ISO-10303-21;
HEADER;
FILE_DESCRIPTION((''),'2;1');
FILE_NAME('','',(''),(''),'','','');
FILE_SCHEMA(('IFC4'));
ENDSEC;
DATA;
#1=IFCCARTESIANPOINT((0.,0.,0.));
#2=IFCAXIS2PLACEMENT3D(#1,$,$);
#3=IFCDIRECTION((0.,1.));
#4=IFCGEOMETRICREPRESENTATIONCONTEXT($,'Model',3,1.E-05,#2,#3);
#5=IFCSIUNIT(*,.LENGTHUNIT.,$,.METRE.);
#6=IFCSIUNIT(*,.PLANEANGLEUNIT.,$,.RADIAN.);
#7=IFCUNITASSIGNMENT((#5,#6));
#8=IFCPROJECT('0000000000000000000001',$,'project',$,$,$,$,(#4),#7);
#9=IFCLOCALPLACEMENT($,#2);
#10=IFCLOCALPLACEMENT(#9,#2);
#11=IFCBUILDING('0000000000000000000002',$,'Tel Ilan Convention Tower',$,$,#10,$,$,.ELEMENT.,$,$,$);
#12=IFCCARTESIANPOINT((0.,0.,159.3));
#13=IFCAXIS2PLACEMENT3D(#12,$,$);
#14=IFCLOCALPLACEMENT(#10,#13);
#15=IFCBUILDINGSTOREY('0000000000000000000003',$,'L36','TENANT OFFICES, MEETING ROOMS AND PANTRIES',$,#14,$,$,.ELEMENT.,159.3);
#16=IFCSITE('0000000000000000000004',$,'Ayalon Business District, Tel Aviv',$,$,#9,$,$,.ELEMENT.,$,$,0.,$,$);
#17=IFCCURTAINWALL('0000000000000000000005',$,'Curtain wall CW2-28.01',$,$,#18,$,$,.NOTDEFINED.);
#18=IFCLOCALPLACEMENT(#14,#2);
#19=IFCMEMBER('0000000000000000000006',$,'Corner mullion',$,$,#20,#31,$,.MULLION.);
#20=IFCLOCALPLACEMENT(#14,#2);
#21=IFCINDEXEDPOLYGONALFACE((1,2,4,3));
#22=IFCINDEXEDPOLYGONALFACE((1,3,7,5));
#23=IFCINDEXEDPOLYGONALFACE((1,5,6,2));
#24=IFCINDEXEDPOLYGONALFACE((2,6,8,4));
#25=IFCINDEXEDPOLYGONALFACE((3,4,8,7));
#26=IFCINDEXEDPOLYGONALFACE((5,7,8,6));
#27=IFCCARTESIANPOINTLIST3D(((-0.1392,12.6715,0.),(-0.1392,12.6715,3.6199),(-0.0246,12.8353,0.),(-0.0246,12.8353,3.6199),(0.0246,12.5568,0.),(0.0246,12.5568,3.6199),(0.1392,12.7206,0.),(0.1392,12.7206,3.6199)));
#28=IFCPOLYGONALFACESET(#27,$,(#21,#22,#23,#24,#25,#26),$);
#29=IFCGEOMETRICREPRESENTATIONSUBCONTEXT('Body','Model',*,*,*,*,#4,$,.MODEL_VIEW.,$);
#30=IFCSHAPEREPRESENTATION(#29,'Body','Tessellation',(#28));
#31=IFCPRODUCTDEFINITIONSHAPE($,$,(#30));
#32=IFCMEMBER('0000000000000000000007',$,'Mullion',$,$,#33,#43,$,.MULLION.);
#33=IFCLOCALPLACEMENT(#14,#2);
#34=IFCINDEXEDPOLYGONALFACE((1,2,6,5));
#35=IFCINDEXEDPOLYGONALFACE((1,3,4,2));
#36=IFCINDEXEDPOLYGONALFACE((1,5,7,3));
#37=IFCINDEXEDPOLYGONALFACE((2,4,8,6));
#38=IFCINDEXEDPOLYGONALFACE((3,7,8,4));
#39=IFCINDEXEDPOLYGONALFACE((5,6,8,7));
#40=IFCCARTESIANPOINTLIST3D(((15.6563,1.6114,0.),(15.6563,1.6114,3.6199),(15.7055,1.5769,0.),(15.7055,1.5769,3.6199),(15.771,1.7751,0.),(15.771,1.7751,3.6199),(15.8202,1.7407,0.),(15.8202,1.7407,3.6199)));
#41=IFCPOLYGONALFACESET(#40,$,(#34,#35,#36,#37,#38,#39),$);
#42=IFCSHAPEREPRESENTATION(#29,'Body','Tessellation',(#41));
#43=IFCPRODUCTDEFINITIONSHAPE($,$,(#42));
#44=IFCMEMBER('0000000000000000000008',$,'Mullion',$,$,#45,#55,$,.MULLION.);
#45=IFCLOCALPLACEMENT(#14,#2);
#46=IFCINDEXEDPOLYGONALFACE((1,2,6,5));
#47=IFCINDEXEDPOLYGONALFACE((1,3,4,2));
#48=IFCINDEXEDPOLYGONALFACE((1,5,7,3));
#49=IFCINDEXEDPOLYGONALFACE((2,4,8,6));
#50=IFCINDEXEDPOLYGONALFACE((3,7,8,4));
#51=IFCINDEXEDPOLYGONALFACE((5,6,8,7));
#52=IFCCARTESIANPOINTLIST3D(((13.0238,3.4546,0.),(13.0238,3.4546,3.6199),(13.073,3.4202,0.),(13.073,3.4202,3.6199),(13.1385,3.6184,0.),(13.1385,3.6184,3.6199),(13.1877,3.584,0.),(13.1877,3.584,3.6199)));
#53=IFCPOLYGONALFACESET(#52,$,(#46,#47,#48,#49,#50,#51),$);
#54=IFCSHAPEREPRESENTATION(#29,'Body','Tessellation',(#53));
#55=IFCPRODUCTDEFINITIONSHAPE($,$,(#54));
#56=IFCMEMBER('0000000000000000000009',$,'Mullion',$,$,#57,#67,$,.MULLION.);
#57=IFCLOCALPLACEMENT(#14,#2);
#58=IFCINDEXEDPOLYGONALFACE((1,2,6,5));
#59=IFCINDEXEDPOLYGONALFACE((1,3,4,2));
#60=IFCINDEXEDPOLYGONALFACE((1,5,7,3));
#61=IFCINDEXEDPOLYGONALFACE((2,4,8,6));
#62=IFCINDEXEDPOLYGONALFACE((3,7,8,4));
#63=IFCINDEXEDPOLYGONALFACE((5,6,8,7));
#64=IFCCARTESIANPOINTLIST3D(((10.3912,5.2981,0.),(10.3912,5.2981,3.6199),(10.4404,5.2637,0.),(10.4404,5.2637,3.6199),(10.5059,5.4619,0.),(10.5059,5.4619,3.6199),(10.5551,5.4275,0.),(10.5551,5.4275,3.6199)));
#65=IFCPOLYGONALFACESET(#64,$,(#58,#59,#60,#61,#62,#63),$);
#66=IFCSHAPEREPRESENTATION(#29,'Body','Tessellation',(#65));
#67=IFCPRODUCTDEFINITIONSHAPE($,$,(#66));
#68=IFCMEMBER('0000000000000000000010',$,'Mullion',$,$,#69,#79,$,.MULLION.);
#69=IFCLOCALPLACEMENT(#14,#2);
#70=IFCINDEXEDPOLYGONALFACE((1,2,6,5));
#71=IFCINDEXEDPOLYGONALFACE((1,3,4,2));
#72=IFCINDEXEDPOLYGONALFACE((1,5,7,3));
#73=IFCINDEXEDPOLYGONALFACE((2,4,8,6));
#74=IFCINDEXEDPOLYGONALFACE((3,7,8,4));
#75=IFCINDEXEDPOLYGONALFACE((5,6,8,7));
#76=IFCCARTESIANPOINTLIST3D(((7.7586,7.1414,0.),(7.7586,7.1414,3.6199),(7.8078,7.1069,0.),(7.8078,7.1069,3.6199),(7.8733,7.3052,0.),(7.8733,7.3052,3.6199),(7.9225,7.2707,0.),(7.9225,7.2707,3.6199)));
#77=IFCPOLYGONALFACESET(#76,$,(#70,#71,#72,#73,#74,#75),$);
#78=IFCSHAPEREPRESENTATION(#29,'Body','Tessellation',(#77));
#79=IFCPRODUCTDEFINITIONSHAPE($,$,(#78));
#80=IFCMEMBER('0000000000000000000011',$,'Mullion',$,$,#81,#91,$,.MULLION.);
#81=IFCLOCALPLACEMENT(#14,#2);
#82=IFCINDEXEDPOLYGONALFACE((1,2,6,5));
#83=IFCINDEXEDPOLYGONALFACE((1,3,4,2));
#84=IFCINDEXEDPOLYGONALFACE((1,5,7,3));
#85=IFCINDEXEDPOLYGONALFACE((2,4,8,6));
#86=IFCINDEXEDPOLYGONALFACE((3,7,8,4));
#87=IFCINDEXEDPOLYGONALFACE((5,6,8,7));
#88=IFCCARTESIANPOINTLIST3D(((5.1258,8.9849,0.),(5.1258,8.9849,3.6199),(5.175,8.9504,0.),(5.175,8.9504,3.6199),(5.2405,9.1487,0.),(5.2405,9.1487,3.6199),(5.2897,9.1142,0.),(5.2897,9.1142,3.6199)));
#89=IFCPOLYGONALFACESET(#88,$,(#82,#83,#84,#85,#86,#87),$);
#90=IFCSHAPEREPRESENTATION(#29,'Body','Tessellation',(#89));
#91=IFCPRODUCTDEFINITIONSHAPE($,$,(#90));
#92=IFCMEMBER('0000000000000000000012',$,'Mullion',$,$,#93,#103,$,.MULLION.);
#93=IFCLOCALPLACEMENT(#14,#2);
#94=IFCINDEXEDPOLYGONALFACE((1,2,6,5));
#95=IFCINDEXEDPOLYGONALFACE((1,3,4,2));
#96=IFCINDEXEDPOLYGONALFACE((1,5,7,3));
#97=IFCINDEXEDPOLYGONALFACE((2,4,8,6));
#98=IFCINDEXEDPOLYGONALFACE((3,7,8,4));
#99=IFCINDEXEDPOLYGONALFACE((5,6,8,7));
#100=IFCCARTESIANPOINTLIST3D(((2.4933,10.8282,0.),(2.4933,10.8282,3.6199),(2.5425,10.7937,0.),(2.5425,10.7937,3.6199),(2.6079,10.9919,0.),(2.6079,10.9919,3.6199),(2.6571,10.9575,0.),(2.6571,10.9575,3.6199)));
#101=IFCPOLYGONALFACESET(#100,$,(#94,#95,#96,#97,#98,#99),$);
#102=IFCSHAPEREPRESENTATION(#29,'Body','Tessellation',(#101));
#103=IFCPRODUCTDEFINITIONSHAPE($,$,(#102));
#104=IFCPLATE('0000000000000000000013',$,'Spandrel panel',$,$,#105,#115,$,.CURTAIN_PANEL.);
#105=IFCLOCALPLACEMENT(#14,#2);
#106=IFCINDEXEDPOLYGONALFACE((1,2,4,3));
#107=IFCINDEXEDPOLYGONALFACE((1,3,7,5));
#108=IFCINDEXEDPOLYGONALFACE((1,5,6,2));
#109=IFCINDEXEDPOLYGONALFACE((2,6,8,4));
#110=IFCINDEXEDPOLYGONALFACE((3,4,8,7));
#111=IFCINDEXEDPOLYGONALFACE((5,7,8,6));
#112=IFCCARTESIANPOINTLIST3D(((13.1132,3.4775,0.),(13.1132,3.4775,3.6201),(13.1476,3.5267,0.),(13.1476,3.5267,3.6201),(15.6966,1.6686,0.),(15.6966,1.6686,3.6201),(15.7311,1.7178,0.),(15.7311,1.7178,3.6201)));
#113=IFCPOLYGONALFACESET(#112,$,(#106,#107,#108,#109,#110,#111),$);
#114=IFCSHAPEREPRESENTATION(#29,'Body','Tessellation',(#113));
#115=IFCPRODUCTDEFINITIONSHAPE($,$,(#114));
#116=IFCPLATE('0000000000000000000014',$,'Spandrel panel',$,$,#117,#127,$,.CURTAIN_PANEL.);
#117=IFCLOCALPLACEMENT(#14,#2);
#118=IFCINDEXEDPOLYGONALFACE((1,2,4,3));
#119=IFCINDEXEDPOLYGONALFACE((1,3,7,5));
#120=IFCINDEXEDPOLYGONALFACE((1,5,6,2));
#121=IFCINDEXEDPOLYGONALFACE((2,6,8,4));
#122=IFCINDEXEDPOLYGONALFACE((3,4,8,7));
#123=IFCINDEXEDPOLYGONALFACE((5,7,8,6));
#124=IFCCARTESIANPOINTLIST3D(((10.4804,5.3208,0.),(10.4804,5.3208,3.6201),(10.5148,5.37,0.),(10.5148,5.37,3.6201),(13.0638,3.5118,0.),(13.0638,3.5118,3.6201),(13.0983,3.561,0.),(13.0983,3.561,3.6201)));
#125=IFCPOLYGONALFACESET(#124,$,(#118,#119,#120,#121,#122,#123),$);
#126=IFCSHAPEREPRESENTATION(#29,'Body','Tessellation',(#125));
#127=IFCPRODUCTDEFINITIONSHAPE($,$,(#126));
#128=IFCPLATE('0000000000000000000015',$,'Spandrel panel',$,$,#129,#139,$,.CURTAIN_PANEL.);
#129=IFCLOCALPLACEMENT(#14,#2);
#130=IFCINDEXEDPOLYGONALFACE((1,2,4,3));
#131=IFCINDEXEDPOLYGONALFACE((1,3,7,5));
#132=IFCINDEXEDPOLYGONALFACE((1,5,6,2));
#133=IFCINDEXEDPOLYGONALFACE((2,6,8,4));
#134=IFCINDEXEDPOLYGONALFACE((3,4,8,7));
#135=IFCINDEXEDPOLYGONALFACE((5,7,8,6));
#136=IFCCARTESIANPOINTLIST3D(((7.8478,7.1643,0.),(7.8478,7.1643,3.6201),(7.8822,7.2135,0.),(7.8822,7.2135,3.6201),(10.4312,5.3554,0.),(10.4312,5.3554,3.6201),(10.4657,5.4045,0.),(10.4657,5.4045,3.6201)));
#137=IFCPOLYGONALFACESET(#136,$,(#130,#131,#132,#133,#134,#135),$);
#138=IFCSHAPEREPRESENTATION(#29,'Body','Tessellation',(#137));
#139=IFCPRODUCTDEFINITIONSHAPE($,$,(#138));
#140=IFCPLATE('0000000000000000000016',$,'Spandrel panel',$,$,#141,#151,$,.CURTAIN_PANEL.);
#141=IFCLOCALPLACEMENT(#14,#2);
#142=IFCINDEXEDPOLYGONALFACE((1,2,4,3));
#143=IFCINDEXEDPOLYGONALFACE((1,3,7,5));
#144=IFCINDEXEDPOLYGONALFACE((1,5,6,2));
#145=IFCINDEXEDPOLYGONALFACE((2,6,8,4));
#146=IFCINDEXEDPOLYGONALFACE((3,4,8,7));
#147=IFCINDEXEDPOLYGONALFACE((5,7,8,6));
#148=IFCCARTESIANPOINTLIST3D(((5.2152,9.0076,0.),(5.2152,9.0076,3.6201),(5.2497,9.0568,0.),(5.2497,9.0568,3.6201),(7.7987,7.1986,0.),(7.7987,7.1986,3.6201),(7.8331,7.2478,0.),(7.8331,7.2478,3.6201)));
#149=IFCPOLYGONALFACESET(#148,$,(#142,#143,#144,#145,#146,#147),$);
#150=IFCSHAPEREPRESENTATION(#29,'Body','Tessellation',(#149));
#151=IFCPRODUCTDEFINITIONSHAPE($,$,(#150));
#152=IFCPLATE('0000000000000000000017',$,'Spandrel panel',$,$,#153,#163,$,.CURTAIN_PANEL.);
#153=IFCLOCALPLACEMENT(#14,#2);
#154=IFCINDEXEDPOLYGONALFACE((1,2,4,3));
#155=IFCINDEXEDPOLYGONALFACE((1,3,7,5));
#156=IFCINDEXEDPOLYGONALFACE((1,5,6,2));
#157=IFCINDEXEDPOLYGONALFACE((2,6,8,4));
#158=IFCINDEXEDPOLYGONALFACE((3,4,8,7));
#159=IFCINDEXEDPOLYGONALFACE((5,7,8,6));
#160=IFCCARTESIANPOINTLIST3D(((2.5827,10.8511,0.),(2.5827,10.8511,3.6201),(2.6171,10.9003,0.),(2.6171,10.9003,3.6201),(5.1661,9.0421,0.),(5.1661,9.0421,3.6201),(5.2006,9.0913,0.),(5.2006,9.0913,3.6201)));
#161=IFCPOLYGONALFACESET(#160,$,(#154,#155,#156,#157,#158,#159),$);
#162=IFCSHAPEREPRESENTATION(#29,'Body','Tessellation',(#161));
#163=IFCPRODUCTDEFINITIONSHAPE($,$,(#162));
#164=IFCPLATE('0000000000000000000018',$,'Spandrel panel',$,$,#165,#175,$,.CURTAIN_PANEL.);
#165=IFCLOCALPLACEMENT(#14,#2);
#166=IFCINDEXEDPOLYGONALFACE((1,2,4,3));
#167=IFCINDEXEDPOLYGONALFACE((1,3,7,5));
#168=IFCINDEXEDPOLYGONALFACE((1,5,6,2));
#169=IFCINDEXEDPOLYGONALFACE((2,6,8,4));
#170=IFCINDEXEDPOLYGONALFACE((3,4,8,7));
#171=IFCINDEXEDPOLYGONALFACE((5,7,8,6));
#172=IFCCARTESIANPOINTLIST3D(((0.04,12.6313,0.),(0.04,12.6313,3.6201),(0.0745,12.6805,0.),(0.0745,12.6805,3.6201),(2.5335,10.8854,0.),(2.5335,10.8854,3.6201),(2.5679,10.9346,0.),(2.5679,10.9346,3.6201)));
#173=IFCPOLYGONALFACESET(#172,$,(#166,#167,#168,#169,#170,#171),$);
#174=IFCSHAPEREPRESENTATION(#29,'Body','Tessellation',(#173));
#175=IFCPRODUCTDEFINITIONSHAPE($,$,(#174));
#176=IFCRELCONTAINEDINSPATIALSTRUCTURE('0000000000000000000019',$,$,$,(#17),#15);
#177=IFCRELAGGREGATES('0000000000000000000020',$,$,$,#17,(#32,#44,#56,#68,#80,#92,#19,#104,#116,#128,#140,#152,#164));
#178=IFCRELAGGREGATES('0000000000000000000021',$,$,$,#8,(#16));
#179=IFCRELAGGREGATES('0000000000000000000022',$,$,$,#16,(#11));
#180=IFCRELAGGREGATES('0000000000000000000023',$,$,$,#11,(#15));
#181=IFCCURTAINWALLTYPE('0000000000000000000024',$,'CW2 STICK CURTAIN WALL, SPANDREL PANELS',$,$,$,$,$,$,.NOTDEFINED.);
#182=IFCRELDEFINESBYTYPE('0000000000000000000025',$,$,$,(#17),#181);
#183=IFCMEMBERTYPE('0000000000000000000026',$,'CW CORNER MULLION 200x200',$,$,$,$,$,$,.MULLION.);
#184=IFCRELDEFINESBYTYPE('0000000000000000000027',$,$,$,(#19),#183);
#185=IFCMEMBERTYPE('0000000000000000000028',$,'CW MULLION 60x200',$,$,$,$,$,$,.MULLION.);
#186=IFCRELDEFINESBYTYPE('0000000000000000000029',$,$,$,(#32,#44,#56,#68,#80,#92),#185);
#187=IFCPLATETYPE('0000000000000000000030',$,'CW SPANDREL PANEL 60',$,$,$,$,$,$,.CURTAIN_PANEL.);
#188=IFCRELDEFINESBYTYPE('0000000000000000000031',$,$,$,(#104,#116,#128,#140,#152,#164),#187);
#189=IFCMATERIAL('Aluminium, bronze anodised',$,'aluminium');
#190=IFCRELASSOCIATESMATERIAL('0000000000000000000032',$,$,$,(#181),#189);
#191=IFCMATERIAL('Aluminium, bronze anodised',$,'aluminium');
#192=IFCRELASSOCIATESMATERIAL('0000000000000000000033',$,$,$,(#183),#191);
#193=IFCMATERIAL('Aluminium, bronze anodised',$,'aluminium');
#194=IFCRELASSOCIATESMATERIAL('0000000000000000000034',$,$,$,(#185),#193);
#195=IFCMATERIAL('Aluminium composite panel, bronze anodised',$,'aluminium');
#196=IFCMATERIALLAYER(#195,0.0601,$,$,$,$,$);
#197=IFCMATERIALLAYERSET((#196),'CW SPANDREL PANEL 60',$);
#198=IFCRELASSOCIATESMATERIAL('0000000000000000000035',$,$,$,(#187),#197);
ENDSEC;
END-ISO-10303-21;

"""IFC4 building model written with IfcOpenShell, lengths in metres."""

from ifc_helpers import new_model, si_unit, direction, frame, origin, origin_2d, place, context, subcontext, project, spatial, rectangle, extrude, material, layer, layer_set, material_profile, profile_set, type_object, element, aggregate, save


model = new_model("IFC4")

# Units and contexts
model_context = context("Model", 3, precision=1e-05, world=origin(), true_north=direction((0.0, 1.0)))
body_context = subcontext(model_context, "Body", "Model", "MODEL_VIEW")
ifc_project = project(units=[si_unit("LENGTHUNIT", "METRE"), si_unit("PLANEANGLEUNIT", "RADIAN")], contexts=[model_context])

# Site, building, storey
site_placement = place(None, origin())
site = spatial("IfcSite", under=ifc_project, at=site_placement, Name="Ayalon Business District, Tel Aviv", CompositionType="ELEMENT", RefElevation=0.0)
building_placement = place(site_placement, origin())
building = spatial("IfcBuilding", under=site, at=building_placement, Name="Tel Ilan Convention Tower", CompositionType="ELEMENT")
storey_placement = place(building_placement, frame((0.0, 0.0, 159.3)))
storey = spatial("IfcBuildingStorey", under=building, at=storey_placement, Name="L36", Description="TENANT OFFICES, MEETING ROOMS AND PANTRIES", CompositionType="ELEMENT", Elevation=159.3)

# Curtain wall, members, plates
ifc_material_1 = material(Name="Aluminium, bronze anodised", Category="aluminium")
curtain_wall_type = type_object("IfcCurtainWallType", Name="CW2 STICK CURTAIN WALL, SPANDREL PANELS", PredefinedType="NOTDEFINED", material=ifc_material_1)
curtain_wall_placement = place(storey_placement, origin())
curtain_wall = element("IfcCurtainWall", 1, at=curtain_wall_placement, inside=storey, type_object=curtain_wall_type, Name="Curtain wall CW2-28.01", PredefinedType="NOTDEFINED")
ifc_material_2 = material(Name="Aluminium, bronze anodised", Category="aluminium")
ifc_material_profile_1 = material_profile(ifc_material_2, rectangle(XDim=0.2, YDim=0.2, at=origin_2d()), Name="CW CORNER MULLION 200x200")
ifc_profile_set_1 = profile_set([ifc_material_profile_1], Name="Aluminium, bronze anodised")
member_type_1 = type_object("IfcMemberType", Name="CW CORNER MULLION 200x200", PredefinedType="MULLION", material=ifc_profile_set_1)
member_1_placement = place(storey_placement, frame((0.0, 12.696, 0.0), z_axis=(0.0, 0.0, 1.0), x_axis=(-0.819152, 0.573576, 0.0)))
member_1 = element("IfcMember", 2, at=member_1_placement, type_object=member_type_1, Name="Corner mullion", PredefinedType="MULLION", context=body_context, shape_type="SweptSolid", body=[
    extrude(rectangle(XDim=0.2, YDim=0.2, at=origin_2d()), origin(), (0.0, 0.0, 1.0), 3.6199),
])
ifc_material_3 = material(Name="Aluminium, bronze anodised", Category="aluminium")
ifc_material_profile_2 = material_profile(ifc_material_3, rectangle(XDim=0.0601, YDim=0.2, at=origin_2d()), Name="CW MULLION 60x200")
ifc_profile_set_2 = profile_set([ifc_material_profile_2], Name="Aluminium, bronze anodised")
member_type_2 = type_object("IfcMemberType", Name="CW MULLION 60x200", PredefinedType="MULLION", material=ifc_profile_set_2)
member_2_placement = place(storey_placement, frame((15.7383, 1.676, 0.0), z_axis=(0.0, 0.0, 1.0), x_axis=(-0.819152, 0.573576, 0.0)))
member_2 = element("IfcMember", 3, at=member_2_placement, type_object=member_type_2, Name="Mullion", PredefinedType="MULLION", context=body_context, shape_type="SweptSolid", body=[
    extrude(rectangle(XDim=0.0601, YDim=0.2, at=origin_2d()), origin(), (0.0, 0.0, 1.0), 3.6199),
])
member_3_placement = place(storey_placement, frame((13.1057, 3.5193, 0.0), z_axis=(0.0, 0.0, 1.0), x_axis=(-0.819152, 0.573576, 0.0)))
member_3 = element("IfcMember", 4, at=member_3_placement, type_object=member_type_2, Name="Mullion", PredefinedType="MULLION", context=body_context, shape_type="SweptSolid", body=[
    extrude(rectangle(XDim=0.0601, YDim=0.2, at=origin_2d()), origin(), (0.0, 0.0, 1.0), 3.6199),
])
member_4_placement = place(storey_placement, frame((10.4731, 5.3628, 0.0), z_axis=(0.0, 0.0, 1.0), x_axis=(-0.819152, 0.573576, 0.0)))
member_4 = element("IfcMember", 5, at=member_4_placement, type_object=member_type_2, Name="Mullion", PredefinedType="MULLION", context=body_context, shape_type="SweptSolid", body=[
    extrude(rectangle(XDim=0.0601, YDim=0.2, at=origin_2d()), origin(), (0.0, 0.0, 1.0), 3.6199),
])
member_5_placement = place(storey_placement, frame((7.8406, 7.2061, 0.0), z_axis=(0.0, 0.0, 1.0), x_axis=(-0.819152, 0.573576, 0.0)))
member_5 = element("IfcMember", 6, at=member_5_placement, type_object=member_type_2, Name="Mullion", PredefinedType="MULLION", context=body_context, shape_type="SweptSolid", body=[
    extrude(rectangle(XDim=0.0601, YDim=0.2, at=origin_2d()), origin(), (0.0, 0.0, 1.0), 3.6199),
])
member_6_placement = place(storey_placement, frame((5.2078, 9.0496, 0.0), z_axis=(0.0, 0.0, 1.0), x_axis=(-0.819152, 0.573576, 0.0)))
member_6 = element("IfcMember", 7, at=member_6_placement, type_object=member_type_2, Name="Mullion", PredefinedType="MULLION", context=body_context, shape_type="SweptSolid", body=[
    extrude(rectangle(XDim=0.0601, YDim=0.2, at=origin_2d()), origin(), (0.0, 0.0, 1.0), 3.6199),
])
member_7_placement = place(storey_placement, frame((2.5752, 10.8928, 0.0), z_axis=(0.0, 0.0, 1.0), x_axis=(-0.819152, 0.573576, 0.0)))
member_7 = element("IfcMember", 8, at=member_7_placement, type_object=member_type_2, Name="Mullion", PredefinedType="MULLION", context=body_context, shape_type="SweptSolid", body=[
    extrude(rectangle(XDim=0.0601, YDim=0.2, at=origin_2d()), origin(), (0.0, 0.0, 1.0), 3.6199),
])
ifc_material_4 = material(Name="Aluminium composite panel, bronze anodised", Category="aluminium")
ifc_layer_1 = layer(ifc_material_4, 0.0601)
ifc_layer_set_1 = layer_set([ifc_layer_1], Name="CW SPANDREL PANEL 60")
plate_type = type_object("IfcPlateType", Name="CW SPANDREL PANEL 60", PredefinedType="CURTAIN_PANEL", material=ifc_layer_set_1)
plate_1_placement = place(storey_placement, frame((14.4221, 2.5977, 0.0), z_axis=(0.0, 0.0, 1.0), x_axis=(-0.819152, 0.573576, 0.0)))
plate_1 = element("IfcPlate", 9, at=plate_1_placement, type_object=plate_type, Name="Spandrel panel", PredefinedType="CURTAIN_PANEL", context=body_context, shape_type="SweptSolid", body=[
    extrude(rectangle(XDim=3.1538, YDim=0.0601, at=origin_2d()), origin(), (0.0, 0.0, 1.0), 3.6201),
])
plate_2_placement = place(storey_placement, frame((11.7893, 4.4409, 0.0), z_axis=(0.0, 0.0, 1.0), x_axis=(-0.819152, 0.573576, 0.0)))
plate_2 = element("IfcPlate", 10, at=plate_2_placement, type_object=plate_type, Name="Spandrel panel", PredefinedType="CURTAIN_PANEL", context=body_context, shape_type="SweptSolid", body=[
    extrude(rectangle(XDim=3.1538, YDim=0.0601, at=origin_2d()), origin(), (0.0, 0.0, 1.0), 3.6201),
])
plate_3_placement = place(storey_placement, frame((9.1567, 6.2844, 0.0), z_axis=(0.0, 0.0, 1.0), x_axis=(-0.819152, 0.573576, 0.0)))
plate_3 = element("IfcPlate", 11, at=plate_3_placement, type_object=plate_type, Name="Spandrel panel", PredefinedType="CURTAIN_PANEL", context=body_context, shape_type="SweptSolid", body=[
    extrude(rectangle(XDim=3.1538, YDim=0.0601, at=origin_2d()), origin(), (0.0, 0.0, 1.0), 3.6201),
])
plate_4_placement = place(storey_placement, frame((6.5242, 8.1277, 0.0), z_axis=(0.0, 0.0, 1.0), x_axis=(-0.819152, 0.573576, 0.0)))
plate_4 = element("IfcPlate", 12, at=plate_4_placement, type_object=plate_type, Name="Spandrel panel", PredefinedType="CURTAIN_PANEL", context=body_context, shape_type="SweptSolid", body=[
    extrude(rectangle(XDim=3.1538, YDim=0.0601, at=origin_2d()), origin(), (0.0, 0.0, 1.0), 3.6201),
])
plate_5_placement = place(storey_placement, frame((3.8916, 9.9712, 0.0), z_axis=(0.0, 0.0, 1.0), x_axis=(-0.819152, 0.573576, 0.0)))
plate_5 = element("IfcPlate", 13, at=plate_5_placement, type_object=plate_type, Name="Spandrel panel", PredefinedType="CURTAIN_PANEL", context=body_context, shape_type="SweptSolid", body=[
    extrude(rectangle(XDim=3.1538, YDim=0.0601, at=origin_2d()), origin(), (0.0, 0.0, 1.0), 3.6201),
])
plate_6_placement = place(storey_placement, frame((1.304, 11.783, 0.0), z_axis=(0.0, 0.0, 1.0), x_axis=(-0.819152, 0.573576, 0.0)))
plate_6 = element("IfcPlate", 14, at=plate_6_placement, type_object=plate_type, Name="Spandrel panel", PredefinedType="CURTAIN_PANEL", context=body_context, shape_type="SweptSolid", body=[
    extrude(rectangle(XDim=3.0439, YDim=0.0601, at=origin_2d()), origin(), (0.0, 0.0, 1.0), 3.6201),
])
aggregate(curtain_wall, [member_2, member_3, member_4, member_5, member_6, member_7, member_1, plate_1, plate_2, plate_3, plate_4, plate_5, plate_6])

save(model, "model.ifc")
